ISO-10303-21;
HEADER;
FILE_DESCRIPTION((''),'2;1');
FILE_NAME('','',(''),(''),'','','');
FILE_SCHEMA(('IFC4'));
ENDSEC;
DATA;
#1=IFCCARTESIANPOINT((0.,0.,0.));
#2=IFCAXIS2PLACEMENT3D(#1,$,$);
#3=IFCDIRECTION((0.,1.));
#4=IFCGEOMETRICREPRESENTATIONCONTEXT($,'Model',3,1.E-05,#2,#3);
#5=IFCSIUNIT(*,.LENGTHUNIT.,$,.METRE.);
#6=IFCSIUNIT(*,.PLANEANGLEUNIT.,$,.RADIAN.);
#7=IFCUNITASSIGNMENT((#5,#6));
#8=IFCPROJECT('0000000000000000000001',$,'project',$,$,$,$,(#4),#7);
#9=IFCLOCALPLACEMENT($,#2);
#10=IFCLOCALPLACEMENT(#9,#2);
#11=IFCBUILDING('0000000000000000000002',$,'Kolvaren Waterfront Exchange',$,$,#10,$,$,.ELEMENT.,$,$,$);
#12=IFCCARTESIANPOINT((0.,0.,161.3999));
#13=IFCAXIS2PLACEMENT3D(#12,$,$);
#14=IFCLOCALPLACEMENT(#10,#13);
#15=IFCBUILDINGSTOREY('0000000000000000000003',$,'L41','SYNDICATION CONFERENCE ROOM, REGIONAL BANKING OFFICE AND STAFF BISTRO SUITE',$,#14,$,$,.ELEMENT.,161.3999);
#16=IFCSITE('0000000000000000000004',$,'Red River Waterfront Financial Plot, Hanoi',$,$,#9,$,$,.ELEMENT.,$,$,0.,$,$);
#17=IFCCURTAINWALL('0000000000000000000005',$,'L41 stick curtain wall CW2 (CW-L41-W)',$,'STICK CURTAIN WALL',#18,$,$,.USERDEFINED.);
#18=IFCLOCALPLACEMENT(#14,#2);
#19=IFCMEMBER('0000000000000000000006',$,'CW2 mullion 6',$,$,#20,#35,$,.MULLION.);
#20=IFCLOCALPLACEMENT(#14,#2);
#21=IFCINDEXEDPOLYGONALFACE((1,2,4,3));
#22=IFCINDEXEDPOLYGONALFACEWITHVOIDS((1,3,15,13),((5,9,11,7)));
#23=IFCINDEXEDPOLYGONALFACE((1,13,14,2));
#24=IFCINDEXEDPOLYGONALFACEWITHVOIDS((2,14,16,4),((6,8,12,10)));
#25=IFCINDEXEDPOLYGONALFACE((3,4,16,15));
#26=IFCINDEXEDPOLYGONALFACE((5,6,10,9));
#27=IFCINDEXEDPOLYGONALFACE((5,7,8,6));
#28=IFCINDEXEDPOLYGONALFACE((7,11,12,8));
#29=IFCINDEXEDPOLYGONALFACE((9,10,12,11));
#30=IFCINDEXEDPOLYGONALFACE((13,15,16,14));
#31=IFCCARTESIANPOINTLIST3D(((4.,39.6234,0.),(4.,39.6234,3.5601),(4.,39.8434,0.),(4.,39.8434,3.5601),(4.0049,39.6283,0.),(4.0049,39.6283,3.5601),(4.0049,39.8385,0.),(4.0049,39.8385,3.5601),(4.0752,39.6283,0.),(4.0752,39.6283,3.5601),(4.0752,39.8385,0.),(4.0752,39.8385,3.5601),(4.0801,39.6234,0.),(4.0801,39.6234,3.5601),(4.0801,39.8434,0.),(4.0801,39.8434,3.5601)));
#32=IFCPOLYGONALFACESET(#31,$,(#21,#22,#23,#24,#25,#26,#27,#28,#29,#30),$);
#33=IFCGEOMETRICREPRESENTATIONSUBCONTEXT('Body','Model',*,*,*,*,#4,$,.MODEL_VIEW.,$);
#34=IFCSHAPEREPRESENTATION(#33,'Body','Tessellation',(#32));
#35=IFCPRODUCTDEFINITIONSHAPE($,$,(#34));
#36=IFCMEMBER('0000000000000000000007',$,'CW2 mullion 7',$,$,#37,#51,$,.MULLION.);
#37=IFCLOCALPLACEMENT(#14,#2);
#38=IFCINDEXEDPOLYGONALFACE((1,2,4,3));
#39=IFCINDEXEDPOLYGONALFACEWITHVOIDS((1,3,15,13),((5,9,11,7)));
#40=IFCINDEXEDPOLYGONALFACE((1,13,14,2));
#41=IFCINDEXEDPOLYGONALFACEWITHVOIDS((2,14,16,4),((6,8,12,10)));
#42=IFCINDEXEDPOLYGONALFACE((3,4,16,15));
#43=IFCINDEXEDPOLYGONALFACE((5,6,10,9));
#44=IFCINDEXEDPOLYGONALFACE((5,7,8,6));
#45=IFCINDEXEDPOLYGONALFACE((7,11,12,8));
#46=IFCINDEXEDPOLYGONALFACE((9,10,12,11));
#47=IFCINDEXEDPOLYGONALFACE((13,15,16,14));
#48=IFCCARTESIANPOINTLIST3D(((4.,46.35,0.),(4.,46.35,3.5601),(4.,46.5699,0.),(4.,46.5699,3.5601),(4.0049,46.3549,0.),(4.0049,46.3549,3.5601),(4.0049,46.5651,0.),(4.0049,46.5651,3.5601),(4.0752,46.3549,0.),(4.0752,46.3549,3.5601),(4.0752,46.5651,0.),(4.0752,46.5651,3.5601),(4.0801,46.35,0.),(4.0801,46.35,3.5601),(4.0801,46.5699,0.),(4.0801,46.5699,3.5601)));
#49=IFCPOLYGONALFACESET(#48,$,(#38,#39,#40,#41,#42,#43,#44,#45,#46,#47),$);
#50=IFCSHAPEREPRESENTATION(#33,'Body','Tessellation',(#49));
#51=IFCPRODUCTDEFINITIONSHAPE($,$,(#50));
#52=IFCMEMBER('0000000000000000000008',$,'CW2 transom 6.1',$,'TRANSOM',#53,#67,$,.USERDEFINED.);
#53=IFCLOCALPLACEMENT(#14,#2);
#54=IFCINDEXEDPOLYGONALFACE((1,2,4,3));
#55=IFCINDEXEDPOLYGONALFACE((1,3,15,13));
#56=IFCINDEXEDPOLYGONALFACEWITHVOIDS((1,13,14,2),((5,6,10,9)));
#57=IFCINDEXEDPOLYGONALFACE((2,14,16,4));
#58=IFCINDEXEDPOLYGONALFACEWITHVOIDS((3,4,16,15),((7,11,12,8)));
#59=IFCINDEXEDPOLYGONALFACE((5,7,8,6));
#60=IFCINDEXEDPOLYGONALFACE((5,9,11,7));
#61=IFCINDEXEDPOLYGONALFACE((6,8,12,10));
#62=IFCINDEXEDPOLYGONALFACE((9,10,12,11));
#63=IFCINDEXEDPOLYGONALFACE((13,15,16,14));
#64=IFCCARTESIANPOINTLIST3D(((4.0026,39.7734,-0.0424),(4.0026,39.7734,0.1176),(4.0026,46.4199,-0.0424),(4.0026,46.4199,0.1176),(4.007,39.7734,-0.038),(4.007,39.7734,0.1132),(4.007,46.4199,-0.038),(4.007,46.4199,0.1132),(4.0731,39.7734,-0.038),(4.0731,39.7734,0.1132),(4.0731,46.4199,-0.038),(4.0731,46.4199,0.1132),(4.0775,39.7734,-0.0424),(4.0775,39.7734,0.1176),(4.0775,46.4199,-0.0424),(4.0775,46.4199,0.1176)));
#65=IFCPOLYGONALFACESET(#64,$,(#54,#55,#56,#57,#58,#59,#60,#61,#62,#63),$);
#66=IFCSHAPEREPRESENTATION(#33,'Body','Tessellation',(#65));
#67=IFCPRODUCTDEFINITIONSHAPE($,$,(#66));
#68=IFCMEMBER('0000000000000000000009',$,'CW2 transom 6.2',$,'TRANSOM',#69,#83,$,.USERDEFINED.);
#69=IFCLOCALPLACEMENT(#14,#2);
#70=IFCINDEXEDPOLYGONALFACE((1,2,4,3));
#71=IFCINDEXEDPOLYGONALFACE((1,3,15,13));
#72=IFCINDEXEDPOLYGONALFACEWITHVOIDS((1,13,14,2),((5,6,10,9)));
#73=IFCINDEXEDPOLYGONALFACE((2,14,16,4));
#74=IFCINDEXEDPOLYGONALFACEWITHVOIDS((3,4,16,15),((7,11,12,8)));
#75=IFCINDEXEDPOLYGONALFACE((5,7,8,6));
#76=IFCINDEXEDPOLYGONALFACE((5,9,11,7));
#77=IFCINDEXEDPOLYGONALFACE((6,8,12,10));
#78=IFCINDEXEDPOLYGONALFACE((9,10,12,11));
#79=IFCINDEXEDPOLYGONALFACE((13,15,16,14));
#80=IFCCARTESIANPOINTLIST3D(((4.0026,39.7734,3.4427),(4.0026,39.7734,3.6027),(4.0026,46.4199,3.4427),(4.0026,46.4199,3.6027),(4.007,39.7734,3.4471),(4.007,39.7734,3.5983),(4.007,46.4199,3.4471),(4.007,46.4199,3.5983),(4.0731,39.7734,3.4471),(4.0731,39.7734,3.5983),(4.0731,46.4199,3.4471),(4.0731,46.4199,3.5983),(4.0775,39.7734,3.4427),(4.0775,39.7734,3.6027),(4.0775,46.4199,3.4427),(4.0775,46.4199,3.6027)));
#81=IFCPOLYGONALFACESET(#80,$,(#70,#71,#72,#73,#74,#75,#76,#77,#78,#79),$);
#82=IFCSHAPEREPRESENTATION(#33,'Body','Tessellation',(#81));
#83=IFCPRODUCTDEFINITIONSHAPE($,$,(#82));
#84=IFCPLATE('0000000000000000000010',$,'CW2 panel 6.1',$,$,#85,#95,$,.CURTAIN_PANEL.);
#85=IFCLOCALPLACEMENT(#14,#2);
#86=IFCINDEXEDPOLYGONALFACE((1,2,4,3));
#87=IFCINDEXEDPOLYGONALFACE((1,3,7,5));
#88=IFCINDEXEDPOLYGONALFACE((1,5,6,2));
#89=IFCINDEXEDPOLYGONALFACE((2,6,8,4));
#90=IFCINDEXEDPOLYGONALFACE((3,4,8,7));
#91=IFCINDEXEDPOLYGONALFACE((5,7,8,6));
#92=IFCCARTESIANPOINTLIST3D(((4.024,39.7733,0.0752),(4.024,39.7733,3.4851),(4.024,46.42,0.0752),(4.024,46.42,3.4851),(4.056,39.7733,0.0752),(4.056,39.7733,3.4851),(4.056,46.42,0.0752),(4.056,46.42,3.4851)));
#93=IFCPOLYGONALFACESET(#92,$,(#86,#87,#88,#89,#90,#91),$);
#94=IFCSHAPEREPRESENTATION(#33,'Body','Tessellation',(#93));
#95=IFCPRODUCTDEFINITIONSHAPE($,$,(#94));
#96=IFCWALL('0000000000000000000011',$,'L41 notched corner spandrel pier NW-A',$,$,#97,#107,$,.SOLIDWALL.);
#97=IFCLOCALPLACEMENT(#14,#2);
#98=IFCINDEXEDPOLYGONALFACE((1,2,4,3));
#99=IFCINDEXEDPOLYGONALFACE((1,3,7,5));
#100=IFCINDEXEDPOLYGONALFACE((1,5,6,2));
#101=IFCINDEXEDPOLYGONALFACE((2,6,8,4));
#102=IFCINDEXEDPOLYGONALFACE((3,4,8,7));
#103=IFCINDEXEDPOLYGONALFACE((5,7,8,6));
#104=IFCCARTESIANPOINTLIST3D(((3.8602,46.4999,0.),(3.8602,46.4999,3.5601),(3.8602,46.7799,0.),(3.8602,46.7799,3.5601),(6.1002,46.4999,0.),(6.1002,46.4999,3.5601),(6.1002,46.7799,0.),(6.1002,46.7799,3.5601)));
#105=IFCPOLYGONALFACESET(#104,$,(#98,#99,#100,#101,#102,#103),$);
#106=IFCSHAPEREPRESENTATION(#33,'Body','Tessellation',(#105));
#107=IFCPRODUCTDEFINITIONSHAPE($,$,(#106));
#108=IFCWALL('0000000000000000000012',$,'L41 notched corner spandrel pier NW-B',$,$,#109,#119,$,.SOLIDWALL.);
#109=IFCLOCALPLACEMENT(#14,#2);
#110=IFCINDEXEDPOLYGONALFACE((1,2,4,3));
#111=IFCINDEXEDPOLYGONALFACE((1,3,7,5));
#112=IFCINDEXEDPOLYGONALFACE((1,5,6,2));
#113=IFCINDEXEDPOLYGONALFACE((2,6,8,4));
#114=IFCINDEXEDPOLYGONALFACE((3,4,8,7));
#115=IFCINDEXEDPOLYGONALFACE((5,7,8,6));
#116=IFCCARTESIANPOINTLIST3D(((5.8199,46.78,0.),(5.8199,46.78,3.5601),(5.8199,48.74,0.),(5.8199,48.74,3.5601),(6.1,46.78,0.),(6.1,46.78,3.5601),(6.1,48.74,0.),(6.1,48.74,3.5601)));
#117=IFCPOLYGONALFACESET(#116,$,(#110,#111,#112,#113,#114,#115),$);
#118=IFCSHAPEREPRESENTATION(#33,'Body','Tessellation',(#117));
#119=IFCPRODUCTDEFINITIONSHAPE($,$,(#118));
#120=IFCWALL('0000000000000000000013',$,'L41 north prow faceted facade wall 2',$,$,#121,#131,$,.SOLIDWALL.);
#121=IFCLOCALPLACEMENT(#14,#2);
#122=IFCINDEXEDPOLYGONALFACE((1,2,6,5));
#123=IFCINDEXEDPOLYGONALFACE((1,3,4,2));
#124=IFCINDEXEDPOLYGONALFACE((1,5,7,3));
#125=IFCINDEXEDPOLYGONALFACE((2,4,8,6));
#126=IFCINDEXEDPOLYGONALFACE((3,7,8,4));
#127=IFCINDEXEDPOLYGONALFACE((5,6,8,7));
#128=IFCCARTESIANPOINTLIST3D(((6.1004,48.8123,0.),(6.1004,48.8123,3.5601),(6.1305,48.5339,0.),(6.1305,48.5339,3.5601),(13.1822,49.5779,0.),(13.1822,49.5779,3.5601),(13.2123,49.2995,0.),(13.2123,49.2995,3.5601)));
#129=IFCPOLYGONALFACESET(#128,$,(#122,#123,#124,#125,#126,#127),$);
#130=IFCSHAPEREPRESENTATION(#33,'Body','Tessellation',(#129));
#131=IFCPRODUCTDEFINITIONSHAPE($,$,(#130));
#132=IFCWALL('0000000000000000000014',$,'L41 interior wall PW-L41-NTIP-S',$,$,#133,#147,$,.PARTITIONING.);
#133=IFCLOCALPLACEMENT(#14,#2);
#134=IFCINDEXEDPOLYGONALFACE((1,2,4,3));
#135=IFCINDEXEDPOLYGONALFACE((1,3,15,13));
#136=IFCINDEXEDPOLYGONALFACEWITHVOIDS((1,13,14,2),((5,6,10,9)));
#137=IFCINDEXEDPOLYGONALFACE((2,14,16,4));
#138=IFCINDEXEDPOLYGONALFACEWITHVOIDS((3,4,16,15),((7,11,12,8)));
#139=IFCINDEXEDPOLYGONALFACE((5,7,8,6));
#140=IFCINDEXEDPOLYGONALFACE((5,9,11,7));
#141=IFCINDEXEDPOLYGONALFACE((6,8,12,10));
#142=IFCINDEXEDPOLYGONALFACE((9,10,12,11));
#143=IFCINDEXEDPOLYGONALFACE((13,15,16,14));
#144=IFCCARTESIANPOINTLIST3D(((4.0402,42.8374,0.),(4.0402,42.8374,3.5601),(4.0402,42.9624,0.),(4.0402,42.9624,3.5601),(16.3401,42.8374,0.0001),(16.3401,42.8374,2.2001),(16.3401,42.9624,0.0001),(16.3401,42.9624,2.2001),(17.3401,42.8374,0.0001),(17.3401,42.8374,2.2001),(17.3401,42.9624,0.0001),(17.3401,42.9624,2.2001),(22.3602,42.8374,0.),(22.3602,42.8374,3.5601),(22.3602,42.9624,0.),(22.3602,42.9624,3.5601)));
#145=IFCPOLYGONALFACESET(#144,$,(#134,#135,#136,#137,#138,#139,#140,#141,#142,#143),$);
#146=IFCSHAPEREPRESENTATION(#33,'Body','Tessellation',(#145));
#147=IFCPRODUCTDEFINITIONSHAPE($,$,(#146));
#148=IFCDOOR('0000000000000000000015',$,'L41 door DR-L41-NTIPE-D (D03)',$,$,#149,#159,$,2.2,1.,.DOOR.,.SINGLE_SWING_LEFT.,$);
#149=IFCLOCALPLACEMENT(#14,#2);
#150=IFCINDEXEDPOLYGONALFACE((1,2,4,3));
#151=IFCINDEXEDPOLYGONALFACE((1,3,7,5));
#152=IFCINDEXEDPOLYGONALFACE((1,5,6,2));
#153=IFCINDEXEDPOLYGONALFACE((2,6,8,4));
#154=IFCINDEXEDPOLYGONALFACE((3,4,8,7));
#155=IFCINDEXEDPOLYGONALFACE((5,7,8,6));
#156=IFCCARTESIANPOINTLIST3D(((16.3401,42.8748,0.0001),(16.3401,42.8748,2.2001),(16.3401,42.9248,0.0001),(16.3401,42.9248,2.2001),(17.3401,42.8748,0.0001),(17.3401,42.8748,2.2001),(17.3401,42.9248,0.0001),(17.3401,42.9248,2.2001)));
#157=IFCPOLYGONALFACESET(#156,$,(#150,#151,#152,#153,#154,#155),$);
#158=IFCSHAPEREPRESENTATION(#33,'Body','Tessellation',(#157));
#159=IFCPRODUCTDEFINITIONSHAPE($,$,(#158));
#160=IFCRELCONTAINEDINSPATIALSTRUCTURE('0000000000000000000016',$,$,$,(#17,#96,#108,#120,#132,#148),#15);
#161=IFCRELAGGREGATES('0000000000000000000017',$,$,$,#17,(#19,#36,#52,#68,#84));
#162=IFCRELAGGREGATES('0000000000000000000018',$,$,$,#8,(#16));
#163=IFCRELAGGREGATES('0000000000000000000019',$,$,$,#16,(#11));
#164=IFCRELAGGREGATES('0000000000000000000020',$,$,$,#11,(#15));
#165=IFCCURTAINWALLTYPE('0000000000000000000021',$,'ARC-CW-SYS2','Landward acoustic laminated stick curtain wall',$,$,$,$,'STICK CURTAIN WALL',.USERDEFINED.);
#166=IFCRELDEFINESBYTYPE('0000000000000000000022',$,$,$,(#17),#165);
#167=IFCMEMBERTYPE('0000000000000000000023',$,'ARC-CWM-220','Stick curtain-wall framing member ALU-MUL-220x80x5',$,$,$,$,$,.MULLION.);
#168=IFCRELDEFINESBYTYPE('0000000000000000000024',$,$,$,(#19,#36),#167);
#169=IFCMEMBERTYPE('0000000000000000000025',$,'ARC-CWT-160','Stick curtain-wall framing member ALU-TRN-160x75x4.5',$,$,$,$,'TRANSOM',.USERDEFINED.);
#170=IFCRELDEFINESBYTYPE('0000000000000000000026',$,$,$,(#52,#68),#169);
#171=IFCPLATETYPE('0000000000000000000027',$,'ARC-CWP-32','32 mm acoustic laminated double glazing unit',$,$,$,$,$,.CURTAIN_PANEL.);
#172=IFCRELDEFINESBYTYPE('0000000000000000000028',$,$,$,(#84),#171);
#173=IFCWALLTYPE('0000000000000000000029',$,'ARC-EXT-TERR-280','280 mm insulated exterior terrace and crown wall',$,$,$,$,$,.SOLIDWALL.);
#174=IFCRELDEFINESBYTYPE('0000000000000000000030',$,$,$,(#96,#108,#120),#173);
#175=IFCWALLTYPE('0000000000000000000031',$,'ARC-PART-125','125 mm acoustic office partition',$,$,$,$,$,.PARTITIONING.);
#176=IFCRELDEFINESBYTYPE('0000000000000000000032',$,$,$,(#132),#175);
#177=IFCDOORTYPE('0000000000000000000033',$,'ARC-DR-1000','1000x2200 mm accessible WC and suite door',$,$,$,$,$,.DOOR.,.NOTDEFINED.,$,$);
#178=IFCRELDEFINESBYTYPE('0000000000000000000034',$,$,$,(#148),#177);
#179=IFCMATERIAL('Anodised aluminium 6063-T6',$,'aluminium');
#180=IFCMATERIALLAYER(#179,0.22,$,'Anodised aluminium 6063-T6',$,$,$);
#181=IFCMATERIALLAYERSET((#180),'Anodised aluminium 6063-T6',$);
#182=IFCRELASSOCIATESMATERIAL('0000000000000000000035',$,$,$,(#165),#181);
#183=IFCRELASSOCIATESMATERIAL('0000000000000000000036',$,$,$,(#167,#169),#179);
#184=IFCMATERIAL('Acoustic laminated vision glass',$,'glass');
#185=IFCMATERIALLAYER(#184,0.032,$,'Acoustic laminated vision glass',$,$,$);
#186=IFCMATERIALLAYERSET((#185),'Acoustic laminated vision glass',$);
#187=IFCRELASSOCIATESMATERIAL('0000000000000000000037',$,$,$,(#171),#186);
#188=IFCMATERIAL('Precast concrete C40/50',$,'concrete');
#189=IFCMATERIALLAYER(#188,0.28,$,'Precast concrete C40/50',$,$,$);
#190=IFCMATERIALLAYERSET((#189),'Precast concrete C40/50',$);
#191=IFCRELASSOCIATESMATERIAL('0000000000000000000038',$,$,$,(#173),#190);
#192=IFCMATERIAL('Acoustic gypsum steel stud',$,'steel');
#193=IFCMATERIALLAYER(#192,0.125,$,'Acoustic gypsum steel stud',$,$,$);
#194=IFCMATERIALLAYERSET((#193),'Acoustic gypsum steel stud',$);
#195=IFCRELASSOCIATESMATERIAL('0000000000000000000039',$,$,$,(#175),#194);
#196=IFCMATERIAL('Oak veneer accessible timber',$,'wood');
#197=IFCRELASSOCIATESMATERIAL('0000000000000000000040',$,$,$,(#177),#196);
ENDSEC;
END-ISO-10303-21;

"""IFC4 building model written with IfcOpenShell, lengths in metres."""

from ifc_helpers import new_model, si_unit, direction, frame, frame_2d, origin, origin_with_axes, origin_2d, place, context, subcontext, project, spatial, rectangle, hollow_rectangle, extrude, source, transform, mapped, material, layer, layer_set, material_profile, profile_set, type_object, element, fill, aggregate, save


model = new_model("IFC4")

# Units and contexts
model_context = context("Model", 3, precision=1e-05, world=origin(), true_north=direction((0.0, 1.0)))
body_context = subcontext(model_context, "Body", "Model", "MODEL_VIEW")
ifc_project = project(units=[si_unit("LENGTHUNIT", "METRE"), si_unit("PLANEANGLEUNIT", "RADIAN")], contexts=[model_context])

# Site, building, storey
site_placement = place(None, origin())
site = spatial("IfcSite", under=ifc_project, at=site_placement, Name="Red River Waterfront Financial Plot, Hanoi", CompositionType="ELEMENT", RefElevation=0.0)
building_placement = place(site_placement, origin())
building = spatial("IfcBuilding", under=site, at=building_placement, Name="Kolvaren Waterfront Exchange", CompositionType="ELEMENT")
storey_placement = place(building_placement, frame((0.0, 0.0, 161.3999)))
storey = spatial("IfcBuildingStorey", under=building, at=storey_placement, Name="L41", Description="SYNDICATION CONFERENCE ROOM, REGIONAL BANKING OFFICE AND STAFF BISTRO SUITE", CompositionType="ELEMENT", Elevation=161.3999)

# Curtain wall, members, plate
ifc_material_1 = material(Name="Anodised aluminium 6063-T6", Category="aluminium")
ifc_layer_1 = layer(ifc_material_1, 0.22, Name="Anodised aluminium 6063-T6")
ifc_layer_set_1 = layer_set([ifc_layer_1], Name="Anodised aluminium 6063-T6")
curtain_wall_type = type_object("IfcCurtainWallType", Name="ARC-CW-SYS2", Description="Landward acoustic laminated stick curtain wall", ElementType="STICK CURTAIN WALL", PredefinedType="USERDEFINED", material=ifc_layer_set_1)
curtain_wall_placement = place(storey_placement, origin())
curtain_wall = element("IfcCurtainWall", 1, at=curtain_wall_placement, inside=storey, type_object=curtain_wall_type, Name="L41 stick curtain wall CW2 (CW-L41-W)", ObjectType="STICK CURTAIN WALL", PredefinedType="USERDEFINED")
ifc_material_profile_1 = material_profile(ifc_material_1, hollow_rectangle(XDim=0.0801, YDim=0.22, WallThickness=0.0049, at=origin_2d()), Name="ALU-MUL-220x80x5")
ifc_profile_set_1 = profile_set([ifc_material_profile_1], Name="Anodised aluminium 6063-T6")
member_type_1 = type_object("IfcMemberType", Name="ARC-CWM-220", Description="Stick curtain-wall framing member ALU-MUL-220x80x5", PredefinedType="MULLION", material=ifc_profile_set_1)
shared_shape_1 = source(origin_with_axes(), body_context, "Body", "SweptSolid", [
    extrude(hollow_rectangle(XDim=0.0801, YDim=0.22, WallThickness=0.0049, at=origin_2d()), origin(), (0.0, 0.0, 1.0), 3.5601),
])
member_1_placement = place(storey_placement, frame((4.04, 39.7334, 0.0), z_axis=(0.0, 0.0, 1.0), x_axis=(-1.0, 0.0, 0.0)))
member_1 = element("IfcMember", 2, at=member_1_placement, type_object=member_type_1, Name="CW2 mullion 6", PredefinedType="MULLION", context=body_context, shape_type="MappedRepresentation", body=[
    mapped(shared_shape_1, transform((0.0, 0.0, 0.0), x_axis=(1.0, 0.0, 0.0), y_axis=(0.0, 1.0, 0.0), z_axis=(0.0, 0.0, 1.0), scale=1.0)),
])
member_2_placement = place(storey_placement, frame((4.04, 46.46, 0.0), z_axis=(0.0, 0.0, 1.0), x_axis=(-1.0, 0.0, 0.0)))
member_2 = element("IfcMember", 3, at=member_2_placement, type_object=member_type_1, Name="CW2 mullion 7", PredefinedType="MULLION", context=body_context, shape_type="MappedRepresentation", body=[
    mapped(shared_shape_1, transform((0.0, 0.0, 0.0), x_axis=(1.0, 0.0, 0.0), y_axis=(0.0, 1.0, 0.0), z_axis=(0.0, 0.0, 1.0), scale=1.0)),
])
ifc_material_profile_2 = material_profile(ifc_material_1, hollow_rectangle(XDim=0.075, YDim=0.1599, WallThickness=0.0044, at=origin_2d()), Name="ALU-TRN-160x75x4.5")
ifc_profile_set_2 = profile_set([ifc_material_profile_2], Name="Anodised aluminium 6063-T6")
member_type_2 = type_object("IfcMemberType", Name="ARC-CWT-160", Description="Stick curtain-wall framing member ALU-TRN-160x75x4.5", ElementType="TRANSOM", PredefinedType="USERDEFINED", material=ifc_profile_set_2)
shared_shape_2 = source(origin_with_axes(), body_context, "Body", "SweptSolid", [
    extrude(hollow_rectangle(XDim=0.075, YDim=0.1599, WallThickness=0.0044, at=origin_2d()), origin(), (0.0, 0.0, 1.0), 6.6465),
])
member_3_placement = place(storey_placement, frame((4.04, 39.7734, 0.0376), z_axis=(0.0, 1.0, 0.0), x_axis=(-1.0, 0.0, 0.0)))
member_3 = element("IfcMember", 4, at=member_3_placement, type_object=member_type_2, Name="CW2 transom 6.1", ObjectType="TRANSOM", PredefinedType="USERDEFINED", context=body_context, shape_type="MappedRepresentation", body=[
    mapped(shared_shape_2, transform((0.0, 0.0, 0.0), x_axis=(1.0, 0.0, 0.0), y_axis=(0.0, 1.0, 0.0), z_axis=(0.0, 0.0, 1.0), scale=1.0)),
])
member_4_placement = place(storey_placement, frame((4.04, 39.7734, 3.5227), z_axis=(0.0, 1.0, 0.0), x_axis=(-1.0, 0.0, 0.0)))
member_4 = element("IfcMember", 5, at=member_4_placement, type_object=member_type_2, Name="CW2 transom 6.2", ObjectType="TRANSOM", PredefinedType="USERDEFINED", context=body_context, shape_type="MappedRepresentation", body=[
    mapped(shared_shape_2, transform((0.0, 0.0, 0.0), x_axis=(1.0, 0.0, 0.0), y_axis=(0.0, 1.0, 0.0), z_axis=(0.0, 0.0, 1.0), scale=1.0)),
])
ifc_material_2 = material(Name="Acoustic laminated vision glass", Category="glass")
ifc_layer_2 = layer(ifc_material_2, 0.032, Name="Acoustic laminated vision glass")
ifc_layer_set_2 = layer_set([ifc_layer_2], Name="Acoustic laminated vision glass")
plate_type = type_object("IfcPlateType", Name="ARC-CWP-32", Description="32 mm acoustic laminated double glazing unit", PredefinedType="CURTAIN_PANEL", material=ifc_layer_set_2)
shared_shape_3 = source(origin_with_axes(), body_context, "Body", "SweptSolid", [
    extrude(rectangle(XDim=6.6467, YDim=0.032, at=origin_2d()), origin(), (0.0, 0.0, 1.0), 3.4099),
])
plate_placement = place(storey_placement, frame((4.04, 43.0967, 0.0752), z_axis=(0.0, 0.0, 1.0), x_axis=(0.0, 1.0, 0.0)))
plate = element("IfcPlate", 6, at=plate_placement, type_object=plate_type, Name="CW2 panel 6.1", PredefinedType="CURTAIN_PANEL", context=body_context, shape_type="MappedRepresentation", body=[
    mapped(shared_shape_3, transform((0.0, 0.0, 0.0), x_axis=(1.0, 0.0, 0.0), y_axis=(0.0, 1.0, 0.0), z_axis=(0.0, 0.0, 1.0), scale=1.0)),
])
aggregate(curtain_wall, [member_1, member_2, member_3, member_4, plate])

# Walls
ifc_material_3 = material(Name="Precast concrete C40/50", Category="concrete")
ifc_layer_3 = layer(ifc_material_3, 0.28, Name="Precast concrete C40/50")
ifc_layer_set_3 = layer_set([ifc_layer_3], Name="Precast concrete C40/50")
wall_type_1 = type_object("IfcWallType", Name="ARC-EXT-TERR-280", Description="280 mm insulated exterior terrace and crown wall", PredefinedType="SOLIDWALL", material=ifc_layer_set_3)
wall_1_placement = place(storey_placement, frame((3.8601, 46.6399, 0.0), z_axis=(0.0, 0.0, 1.0), x_axis=(1.0, 0.0, 0.0)))
element("IfcWall", 7, at=wall_1_placement, inside=storey, type_object=wall_type_1, Name="L41 notched corner spandrel pier NW-A", PredefinedType="SOLIDWALL", context=body_context, shape_type="SweptSolid", body=[
    extrude(rectangle(XDim=2.24, YDim=0.28, at=frame_2d((1.1201, 0.0))), origin(), (0.0, 0.0, 1.0), 3.5601),
])
wall_2_placement = place(storey_placement, frame((5.96, 46.78, 0.0), z_axis=(0.0, 0.0, 1.0), x_axis=(0.0, 1.0, 0.0)))
element("IfcWall", 8, at=wall_2_placement, inside=storey, type_object=wall_type_1, Name="L41 notched corner spandrel pier NW-B", PredefinedType="SOLIDWALL", context=body_context, shape_type="SweptSolid", body=[
    extrude(rectangle(XDim=1.96, YDim=0.28, at=frame_2d((0.98, 0.0))), origin(), (0.0, 0.0, 1.0), 3.5601),
])
wall_3_placement = place(storey_placement, frame((13.1973, 49.4387, 0.0), z_axis=(0.0, 0.0, 1.0), x_axis=(-0.994207, -0.107486, 0.0)))
element("IfcWall", 9, at=wall_3_placement, inside=storey, type_object=wall_type_1, Name="L41 north prow faceted facade wall 2", PredefinedType="SOLIDWALL", context=body_context, shape_type="SweptSolid", body=[
    extrude(rectangle(XDim=7.123, YDim=0.28, at=frame_2d((3.5615, 0.0))), origin(), (0.0, 0.0, 1.0), 3.5601),
])

# Wall, opening, door
ifc_material_4 = material(Name="Acoustic gypsum steel stud", Category="steel")
ifc_layer_4 = layer(ifc_material_4, 0.125, Name="Acoustic gypsum steel stud")
ifc_layer_set_4 = layer_set([ifc_layer_4], Name="Acoustic gypsum steel stud")
wall_type_2 = type_object("IfcWallType", Name="ARC-PART-125", Description="125 mm acoustic office partition", PredefinedType="PARTITIONING", material=ifc_layer_set_4)
wall_4_placement = place(storey_placement, frame((4.04, 42.8999, 0.0), z_axis=(0.0, 0.0, 1.0), x_axis=(1.0, 0.0, 0.0)))
wall_4 = element("IfcWall", 10, at=wall_4_placement, inside=storey, type_object=wall_type_2, Name="L41 interior wall PW-L41-NTIP-S", PredefinedType="PARTITIONING", context=body_context, shape_type="SweptSolid", body=[
    extrude(rectangle(XDim=18.3201, YDim=0.125, at=frame_2d((9.1602, 0.0))), origin(), (0.0, 0.0, 1.0), 3.5601),
])
opening_1_placement = place(wall_4_placement, frame((12.3, 0.0, 0.0)))
opening_1 = element("IfcOpeningElement", 11, at=opening_1_placement, cuts=wall_4, PredefinedType="OPENING", context=body_context, shape_type="SweptSolid", body=[
    extrude(rectangle(XDim=1.0, YDim=2.2, at=frame_2d((0.5, 1.1001))), frame((0.0, 0.0725, 0.0), z_axis=(0.0, -1.0, 0.0), x_axis=(1.0, 0.0, 0.0)), (0.0, 0.0, 1.0), 0.145),
])
ifc_material_5 = material(Name="Oak veneer accessible timber", Category="wood")
door_type_1 = type_object("IfcDoorType", Name="ARC-DR-1000", Description="1000x2200 mm accessible WC and suite door", OperationType="NOTDEFINED", PredefinedType="DOOR", material=ifc_material_5)
door_1_placement = place(opening_1_placement, origin())
door_1 = element("IfcDoor", 12, at=door_1_placement, inside=storey, type_object=door_type_1, Name="L41 door DR-L41-NTIPE-D (D03)", OperationType="SINGLE_SWING_LEFT", OverallHeight=2.2, OverallWidth=1.0, PredefinedType="DOOR", context=body_context, shape_type="SweptSolid", body=[
    extrude(rectangle(XDim=1.0, YDim=2.2, at=frame_2d((0.5, 1.1001))), frame((0.0, 0.0249, 0.0), z_axis=(0.0, -1.0, 0.0), x_axis=(1.0, 0.0, 0.0)), (0.0, 0.0, 1.0), 0.05),
])
fill(opening_1, door_1)

save(model, "model.ifc")
